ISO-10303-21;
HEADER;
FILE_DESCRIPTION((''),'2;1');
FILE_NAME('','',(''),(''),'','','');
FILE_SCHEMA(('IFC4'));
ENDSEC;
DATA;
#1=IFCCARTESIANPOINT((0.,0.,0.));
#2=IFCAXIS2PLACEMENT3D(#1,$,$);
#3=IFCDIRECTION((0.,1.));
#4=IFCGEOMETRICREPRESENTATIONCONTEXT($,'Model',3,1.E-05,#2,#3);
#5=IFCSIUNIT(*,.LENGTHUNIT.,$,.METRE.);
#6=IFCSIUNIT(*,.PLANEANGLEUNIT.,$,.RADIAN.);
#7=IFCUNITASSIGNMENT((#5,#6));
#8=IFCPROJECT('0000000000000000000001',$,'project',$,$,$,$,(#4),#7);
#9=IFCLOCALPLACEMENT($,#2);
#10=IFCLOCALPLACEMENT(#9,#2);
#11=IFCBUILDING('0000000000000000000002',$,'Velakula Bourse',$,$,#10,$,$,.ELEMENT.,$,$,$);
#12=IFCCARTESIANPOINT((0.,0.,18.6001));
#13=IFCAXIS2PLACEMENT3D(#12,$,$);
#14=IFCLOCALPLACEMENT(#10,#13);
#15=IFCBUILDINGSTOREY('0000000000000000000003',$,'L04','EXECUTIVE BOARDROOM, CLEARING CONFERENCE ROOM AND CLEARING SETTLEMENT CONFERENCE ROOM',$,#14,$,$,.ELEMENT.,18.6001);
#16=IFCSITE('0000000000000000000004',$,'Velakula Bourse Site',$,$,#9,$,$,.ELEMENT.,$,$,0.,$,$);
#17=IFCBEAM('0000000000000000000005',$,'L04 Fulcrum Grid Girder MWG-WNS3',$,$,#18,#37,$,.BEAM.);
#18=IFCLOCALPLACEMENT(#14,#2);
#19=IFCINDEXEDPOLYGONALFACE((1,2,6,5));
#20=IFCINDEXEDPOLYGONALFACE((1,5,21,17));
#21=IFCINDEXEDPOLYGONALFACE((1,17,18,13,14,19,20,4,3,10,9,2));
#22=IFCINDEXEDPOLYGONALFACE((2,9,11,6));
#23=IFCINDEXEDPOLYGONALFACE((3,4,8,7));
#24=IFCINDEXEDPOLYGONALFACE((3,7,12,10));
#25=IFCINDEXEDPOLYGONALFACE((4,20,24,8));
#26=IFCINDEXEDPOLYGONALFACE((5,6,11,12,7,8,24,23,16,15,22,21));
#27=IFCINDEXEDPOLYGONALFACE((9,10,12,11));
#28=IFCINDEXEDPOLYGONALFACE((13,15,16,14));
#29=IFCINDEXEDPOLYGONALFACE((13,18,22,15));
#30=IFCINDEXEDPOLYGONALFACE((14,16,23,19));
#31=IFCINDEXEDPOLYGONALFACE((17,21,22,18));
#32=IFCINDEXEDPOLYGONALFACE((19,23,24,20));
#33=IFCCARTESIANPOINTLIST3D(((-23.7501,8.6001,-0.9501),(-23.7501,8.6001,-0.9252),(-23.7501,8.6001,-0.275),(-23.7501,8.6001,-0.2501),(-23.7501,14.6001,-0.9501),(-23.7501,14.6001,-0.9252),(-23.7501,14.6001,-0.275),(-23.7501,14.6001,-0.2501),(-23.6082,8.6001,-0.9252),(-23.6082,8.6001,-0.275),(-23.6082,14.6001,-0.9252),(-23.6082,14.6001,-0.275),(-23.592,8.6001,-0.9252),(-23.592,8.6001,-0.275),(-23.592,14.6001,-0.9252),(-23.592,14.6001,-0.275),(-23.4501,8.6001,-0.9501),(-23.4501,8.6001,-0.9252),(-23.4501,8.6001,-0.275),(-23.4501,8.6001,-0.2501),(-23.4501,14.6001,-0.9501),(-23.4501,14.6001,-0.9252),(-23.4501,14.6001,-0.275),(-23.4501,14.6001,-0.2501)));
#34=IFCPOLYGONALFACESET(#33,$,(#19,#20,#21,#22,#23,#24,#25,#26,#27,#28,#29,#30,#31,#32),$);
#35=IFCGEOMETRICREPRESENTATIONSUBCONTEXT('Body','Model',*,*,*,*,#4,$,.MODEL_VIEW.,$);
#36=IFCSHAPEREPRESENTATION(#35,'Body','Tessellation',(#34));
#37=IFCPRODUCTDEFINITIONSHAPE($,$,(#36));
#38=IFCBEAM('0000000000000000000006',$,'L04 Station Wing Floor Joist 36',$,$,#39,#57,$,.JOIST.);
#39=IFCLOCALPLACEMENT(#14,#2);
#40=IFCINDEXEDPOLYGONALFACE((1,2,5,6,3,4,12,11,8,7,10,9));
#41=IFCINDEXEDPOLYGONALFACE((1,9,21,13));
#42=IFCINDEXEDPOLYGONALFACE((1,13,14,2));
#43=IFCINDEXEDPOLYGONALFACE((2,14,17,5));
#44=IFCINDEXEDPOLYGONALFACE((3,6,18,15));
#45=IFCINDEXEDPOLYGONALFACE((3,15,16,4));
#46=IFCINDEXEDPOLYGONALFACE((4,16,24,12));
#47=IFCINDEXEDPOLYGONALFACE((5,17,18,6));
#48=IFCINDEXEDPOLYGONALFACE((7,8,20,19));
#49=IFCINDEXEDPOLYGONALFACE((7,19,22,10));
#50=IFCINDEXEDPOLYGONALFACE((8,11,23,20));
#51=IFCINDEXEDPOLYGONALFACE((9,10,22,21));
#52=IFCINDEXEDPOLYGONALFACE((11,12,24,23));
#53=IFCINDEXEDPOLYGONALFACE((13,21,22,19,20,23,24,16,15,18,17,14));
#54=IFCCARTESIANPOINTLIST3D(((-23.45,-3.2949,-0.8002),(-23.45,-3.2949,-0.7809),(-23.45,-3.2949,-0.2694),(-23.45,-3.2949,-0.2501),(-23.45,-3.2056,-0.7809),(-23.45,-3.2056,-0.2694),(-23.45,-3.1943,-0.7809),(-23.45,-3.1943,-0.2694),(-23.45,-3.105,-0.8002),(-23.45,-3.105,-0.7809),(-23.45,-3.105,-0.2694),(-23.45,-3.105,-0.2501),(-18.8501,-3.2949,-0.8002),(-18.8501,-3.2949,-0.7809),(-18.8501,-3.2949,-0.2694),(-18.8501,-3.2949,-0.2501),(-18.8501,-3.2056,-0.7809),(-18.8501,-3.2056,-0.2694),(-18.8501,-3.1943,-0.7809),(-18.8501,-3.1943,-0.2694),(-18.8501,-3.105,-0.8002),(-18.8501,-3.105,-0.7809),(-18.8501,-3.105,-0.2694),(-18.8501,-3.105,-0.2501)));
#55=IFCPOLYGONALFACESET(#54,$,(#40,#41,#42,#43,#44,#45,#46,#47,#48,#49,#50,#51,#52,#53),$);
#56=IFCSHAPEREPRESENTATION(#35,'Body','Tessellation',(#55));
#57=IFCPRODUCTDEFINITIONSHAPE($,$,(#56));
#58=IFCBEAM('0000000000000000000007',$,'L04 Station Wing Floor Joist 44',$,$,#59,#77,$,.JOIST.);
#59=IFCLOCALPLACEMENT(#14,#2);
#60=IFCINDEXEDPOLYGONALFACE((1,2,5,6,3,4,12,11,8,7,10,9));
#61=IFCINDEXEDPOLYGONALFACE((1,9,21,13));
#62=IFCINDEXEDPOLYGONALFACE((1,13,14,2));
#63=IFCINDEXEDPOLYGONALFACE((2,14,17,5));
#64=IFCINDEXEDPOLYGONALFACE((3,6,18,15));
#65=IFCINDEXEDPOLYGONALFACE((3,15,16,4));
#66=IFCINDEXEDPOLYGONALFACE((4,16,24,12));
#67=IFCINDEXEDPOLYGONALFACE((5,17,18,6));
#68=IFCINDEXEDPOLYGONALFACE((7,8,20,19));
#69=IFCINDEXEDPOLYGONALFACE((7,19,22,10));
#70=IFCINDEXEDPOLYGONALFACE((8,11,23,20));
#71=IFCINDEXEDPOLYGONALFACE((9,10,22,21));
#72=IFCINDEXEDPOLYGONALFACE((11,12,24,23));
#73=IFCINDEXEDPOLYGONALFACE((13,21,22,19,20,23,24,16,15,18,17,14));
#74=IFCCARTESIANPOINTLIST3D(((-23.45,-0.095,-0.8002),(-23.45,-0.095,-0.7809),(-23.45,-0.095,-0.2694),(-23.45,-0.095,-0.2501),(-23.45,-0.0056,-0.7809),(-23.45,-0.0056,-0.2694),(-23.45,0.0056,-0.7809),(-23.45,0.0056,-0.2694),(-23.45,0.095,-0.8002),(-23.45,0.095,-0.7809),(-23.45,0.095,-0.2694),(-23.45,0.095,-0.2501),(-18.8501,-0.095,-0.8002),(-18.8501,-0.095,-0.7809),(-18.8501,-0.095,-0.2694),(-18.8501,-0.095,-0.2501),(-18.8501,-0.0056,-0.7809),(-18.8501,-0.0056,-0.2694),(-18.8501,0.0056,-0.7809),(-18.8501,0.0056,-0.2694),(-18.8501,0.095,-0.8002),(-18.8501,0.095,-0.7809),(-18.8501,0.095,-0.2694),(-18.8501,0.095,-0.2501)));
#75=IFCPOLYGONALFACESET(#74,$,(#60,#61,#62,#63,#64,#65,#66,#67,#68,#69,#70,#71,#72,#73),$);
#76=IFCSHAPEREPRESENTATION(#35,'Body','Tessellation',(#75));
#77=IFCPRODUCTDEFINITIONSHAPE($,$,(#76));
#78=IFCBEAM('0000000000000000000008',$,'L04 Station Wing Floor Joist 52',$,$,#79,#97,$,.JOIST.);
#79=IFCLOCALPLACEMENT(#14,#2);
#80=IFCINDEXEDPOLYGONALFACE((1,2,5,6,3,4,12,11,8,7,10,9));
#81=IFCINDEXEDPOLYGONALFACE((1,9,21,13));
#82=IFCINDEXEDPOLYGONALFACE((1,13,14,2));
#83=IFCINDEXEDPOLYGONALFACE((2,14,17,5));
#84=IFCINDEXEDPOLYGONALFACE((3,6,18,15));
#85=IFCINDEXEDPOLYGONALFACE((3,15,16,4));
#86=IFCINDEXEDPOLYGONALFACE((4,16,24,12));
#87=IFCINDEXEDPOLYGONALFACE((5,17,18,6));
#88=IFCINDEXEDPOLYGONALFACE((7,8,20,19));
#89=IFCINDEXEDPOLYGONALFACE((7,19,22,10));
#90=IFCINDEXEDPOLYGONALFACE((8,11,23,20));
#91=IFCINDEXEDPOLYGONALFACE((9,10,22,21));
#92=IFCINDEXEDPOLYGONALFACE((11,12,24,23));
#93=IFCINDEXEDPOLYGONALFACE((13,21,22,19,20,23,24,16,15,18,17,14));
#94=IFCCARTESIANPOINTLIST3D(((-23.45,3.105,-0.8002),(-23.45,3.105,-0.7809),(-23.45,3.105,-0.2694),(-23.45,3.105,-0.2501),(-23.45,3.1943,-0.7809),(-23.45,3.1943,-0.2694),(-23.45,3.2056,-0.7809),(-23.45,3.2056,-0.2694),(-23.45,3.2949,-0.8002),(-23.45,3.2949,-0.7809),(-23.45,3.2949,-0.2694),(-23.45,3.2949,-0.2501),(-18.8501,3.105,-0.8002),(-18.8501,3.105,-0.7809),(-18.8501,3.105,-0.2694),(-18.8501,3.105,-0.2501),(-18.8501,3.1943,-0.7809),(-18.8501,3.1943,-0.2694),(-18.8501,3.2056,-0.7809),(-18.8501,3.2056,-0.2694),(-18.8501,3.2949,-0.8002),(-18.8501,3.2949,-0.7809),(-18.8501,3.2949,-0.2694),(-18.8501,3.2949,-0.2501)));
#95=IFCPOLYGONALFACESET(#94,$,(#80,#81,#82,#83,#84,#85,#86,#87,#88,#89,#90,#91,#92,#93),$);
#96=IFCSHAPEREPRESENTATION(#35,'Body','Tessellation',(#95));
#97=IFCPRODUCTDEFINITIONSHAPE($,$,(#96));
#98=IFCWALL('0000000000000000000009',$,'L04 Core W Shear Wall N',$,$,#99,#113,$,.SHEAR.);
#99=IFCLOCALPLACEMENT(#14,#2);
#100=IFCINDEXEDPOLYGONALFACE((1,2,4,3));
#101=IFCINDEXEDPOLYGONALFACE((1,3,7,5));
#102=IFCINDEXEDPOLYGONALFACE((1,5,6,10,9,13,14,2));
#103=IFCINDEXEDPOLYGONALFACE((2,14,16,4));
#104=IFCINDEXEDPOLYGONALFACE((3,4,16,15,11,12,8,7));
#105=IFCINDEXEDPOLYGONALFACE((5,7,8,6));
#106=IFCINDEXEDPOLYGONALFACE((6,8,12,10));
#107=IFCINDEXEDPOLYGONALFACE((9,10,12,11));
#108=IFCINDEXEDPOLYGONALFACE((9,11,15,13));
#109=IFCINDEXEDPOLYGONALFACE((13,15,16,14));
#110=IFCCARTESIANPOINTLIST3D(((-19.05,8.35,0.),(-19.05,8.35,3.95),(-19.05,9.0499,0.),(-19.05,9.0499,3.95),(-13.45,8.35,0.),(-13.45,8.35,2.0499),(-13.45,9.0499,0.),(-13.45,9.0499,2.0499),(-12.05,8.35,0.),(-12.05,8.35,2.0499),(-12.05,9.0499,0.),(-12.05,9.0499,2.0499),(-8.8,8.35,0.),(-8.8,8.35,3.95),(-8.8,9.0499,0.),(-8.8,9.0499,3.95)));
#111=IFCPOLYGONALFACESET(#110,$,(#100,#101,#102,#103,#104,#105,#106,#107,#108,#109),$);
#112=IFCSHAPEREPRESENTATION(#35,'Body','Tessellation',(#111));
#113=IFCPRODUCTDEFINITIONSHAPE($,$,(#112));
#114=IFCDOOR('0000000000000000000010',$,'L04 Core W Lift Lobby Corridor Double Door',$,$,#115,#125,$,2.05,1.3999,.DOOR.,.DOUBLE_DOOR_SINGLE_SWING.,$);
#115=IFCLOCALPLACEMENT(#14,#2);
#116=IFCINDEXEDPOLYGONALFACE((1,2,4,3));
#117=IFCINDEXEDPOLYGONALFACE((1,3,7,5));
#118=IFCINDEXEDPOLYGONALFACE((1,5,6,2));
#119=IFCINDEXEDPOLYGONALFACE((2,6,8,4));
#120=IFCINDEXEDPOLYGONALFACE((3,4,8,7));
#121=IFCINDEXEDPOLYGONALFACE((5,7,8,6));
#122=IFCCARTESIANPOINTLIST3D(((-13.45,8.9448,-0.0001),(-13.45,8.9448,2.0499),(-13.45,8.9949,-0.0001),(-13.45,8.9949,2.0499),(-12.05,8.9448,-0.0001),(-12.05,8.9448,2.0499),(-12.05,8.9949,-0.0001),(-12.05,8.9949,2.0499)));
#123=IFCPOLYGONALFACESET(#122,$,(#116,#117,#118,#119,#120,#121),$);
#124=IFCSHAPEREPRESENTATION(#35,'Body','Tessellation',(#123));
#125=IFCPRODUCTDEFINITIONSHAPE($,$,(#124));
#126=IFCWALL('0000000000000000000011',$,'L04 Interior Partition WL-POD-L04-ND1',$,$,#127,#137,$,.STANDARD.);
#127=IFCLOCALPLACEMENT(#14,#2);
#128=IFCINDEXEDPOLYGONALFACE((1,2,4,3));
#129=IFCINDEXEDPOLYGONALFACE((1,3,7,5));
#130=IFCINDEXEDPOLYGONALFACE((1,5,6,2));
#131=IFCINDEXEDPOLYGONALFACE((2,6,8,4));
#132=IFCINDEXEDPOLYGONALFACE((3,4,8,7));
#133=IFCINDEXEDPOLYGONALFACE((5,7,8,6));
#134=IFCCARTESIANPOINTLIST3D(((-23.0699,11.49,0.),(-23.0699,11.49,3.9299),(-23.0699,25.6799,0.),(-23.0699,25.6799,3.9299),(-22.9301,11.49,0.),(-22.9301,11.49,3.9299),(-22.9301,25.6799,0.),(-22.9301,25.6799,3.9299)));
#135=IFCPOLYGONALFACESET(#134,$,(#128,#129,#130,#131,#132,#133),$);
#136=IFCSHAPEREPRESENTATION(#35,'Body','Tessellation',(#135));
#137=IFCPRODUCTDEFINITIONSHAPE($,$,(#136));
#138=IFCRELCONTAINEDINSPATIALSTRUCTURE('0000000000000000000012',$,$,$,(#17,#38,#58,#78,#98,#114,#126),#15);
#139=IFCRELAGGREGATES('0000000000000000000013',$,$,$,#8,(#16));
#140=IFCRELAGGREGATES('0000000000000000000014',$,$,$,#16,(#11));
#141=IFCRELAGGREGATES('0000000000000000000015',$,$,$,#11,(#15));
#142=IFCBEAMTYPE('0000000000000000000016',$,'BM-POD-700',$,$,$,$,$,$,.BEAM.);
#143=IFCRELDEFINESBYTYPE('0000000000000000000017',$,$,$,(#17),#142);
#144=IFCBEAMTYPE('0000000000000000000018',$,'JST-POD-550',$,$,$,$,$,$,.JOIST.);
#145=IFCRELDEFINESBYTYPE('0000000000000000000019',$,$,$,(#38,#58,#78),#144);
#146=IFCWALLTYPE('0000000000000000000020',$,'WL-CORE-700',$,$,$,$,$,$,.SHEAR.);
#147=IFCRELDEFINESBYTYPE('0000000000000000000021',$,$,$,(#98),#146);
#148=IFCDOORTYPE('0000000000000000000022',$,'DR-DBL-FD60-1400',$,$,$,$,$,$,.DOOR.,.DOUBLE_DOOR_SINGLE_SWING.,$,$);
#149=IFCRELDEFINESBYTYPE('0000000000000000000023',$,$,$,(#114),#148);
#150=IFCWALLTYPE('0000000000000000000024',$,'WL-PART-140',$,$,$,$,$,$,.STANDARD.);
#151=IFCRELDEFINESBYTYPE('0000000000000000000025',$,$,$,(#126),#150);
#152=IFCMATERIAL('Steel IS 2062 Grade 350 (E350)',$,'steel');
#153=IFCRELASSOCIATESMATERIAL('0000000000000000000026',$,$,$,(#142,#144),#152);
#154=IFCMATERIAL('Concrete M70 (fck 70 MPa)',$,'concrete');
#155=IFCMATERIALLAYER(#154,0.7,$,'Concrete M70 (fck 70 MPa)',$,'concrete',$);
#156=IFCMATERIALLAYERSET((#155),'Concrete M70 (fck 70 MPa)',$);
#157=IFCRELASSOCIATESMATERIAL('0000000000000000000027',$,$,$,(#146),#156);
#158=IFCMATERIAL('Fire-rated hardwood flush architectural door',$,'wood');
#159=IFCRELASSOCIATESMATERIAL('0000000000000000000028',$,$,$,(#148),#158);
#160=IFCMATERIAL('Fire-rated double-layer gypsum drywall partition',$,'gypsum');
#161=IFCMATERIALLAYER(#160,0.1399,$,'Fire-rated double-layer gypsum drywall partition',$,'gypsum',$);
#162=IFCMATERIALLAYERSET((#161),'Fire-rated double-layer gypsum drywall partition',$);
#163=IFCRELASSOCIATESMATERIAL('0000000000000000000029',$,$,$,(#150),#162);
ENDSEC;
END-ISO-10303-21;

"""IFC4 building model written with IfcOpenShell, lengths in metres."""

from ifc_helpers import new_model, si_unit, direction, frame, frame_2d, origin, origin_2d, place, context, subcontext, project, spatial, rectangle, i_section, extrude, material, layer, layer_set, material_profile, profile_set, type_object, element, fill, save


model = new_model("IFC4")

# Units and contexts
model_context = context("Model", 3, precision=1e-05, world=origin(), true_north=direction((0.0, 1.0)))
body_context = subcontext(model_context, "Body", "Model", "MODEL_VIEW")
ifc_project = project(units=[si_unit("LENGTHUNIT", "METRE"), si_unit("PLANEANGLEUNIT", "RADIAN")], contexts=[model_context])

# Site, building, storey
site_placement = place(None, origin())
site = spatial("IfcSite", under=ifc_project, at=site_placement, Name="Velakula Bourse Site", CompositionType="ELEMENT", RefElevation=0.0)
building_placement = place(site_placement, origin())
building = spatial("IfcBuilding", under=site, at=building_placement, Name="Velakula Bourse", CompositionType="ELEMENT")
storey_placement = place(building_placement, frame((0.0, 0.0, 18.6001)))
storey = spatial("IfcBuildingStorey", under=building, at=storey_placement, Name="L04", Description="EXECUTIVE BOARDROOM, CLEARING CONFERENCE ROOM AND CLEARING SETTLEMENT CONFERENCE ROOM", CompositionType="ELEMENT", Elevation=18.6001)

# Shared definitions
ifc_material_1 = material(Name="Concrete M70 (fck 70 MPa)", Category="concrete")

# Beams
ifc_material_2 = material(Name="Steel IS 2062 Grade 350 (E350)", Category="steel")
ifc_material_profile_1 = material_profile(ifc_material_2, i_section(OverallWidth=0.3, OverallDepth=0.7, WebThickness=0.0161, FlangeThickness=0.0249, at=origin_2d()), Name="Steel IS 2062 Grade 350 (E350)")
ifc_profile_set_1 = profile_set([ifc_material_profile_1], Name="Steel IS 2062 Grade 350 (E350)")
beam_type_1 = type_object("IfcBeamType", Name="BM-POD-700", PredefinedType="BEAM", material=ifc_profile_set_1)
beam_1_placement = place(storey_placement, frame((-23.6001, 8.6001, -0.6001), z_axis=(0.0, 1.0, 0.0), x_axis=(-1.0, 0.0, 0.0)))
element("IfcBeam", 1, at=beam_1_placement, inside=storey, type_object=beam_type_1, Name="L04 Fulcrum Grid Girder MWG-WNS3", PredefinedType="BEAM", context=body_context, shape_type="SweptSolid", body=[
    extrude(i_section(OverallWidth=0.3, OverallDepth=0.7, WebThickness=0.0161, FlangeThickness=0.0249, at=origin_2d()), origin(), (0.0, 0.0, 1.0), 6.0),
])
ifc_material_profile_2 = material_profile(ifc_material_2, i_section(OverallWidth=0.1899, OverallDepth=0.55, WebThickness=0.0112, FlangeThickness=0.0193, at=origin_2d()), Name="Steel IS 2062 Grade 350 (E350)")
ifc_profile_set_2 = profile_set([ifc_material_profile_2], Name="Steel IS 2062 Grade 350 (E350)")
beam_type_2 = type_object("IfcBeamType", Name="JST-POD-550", PredefinedType="JOIST", material=ifc_profile_set_2)
for number, where, z_axis, x_axis, name in (
    (2, (-23.45, -3.2, -0.5251), (1.0, 0.0, 0.0), (0.0, 1.0, 0.0), "L04 Station Wing Floor Joist 36"),
    (3, (-23.45, 0.0, -0.5251), (1.0, 0.0, 0.0), (0.0, 1.0, 0.0), "L04 Station Wing Floor Joist 44"),
    (4, (-23.45, 3.2, -0.5251), (1.0, 0.0, 0.0), (0.0, 1.0, 0.0), "L04 Station Wing Floor Joist 52"),
):
    element("IfcBeam", number, at=place(storey_placement, frame(where, z_axis=z_axis, x_axis=x_axis)), inside=storey, type_object=beam_type_2, Name=name, PredefinedType="JOIST", context=body_context, shape_type="SweptSolid", body=[
        extrude(i_section(OverallWidth=0.1899, OverallDepth=0.55, WebThickness=0.0112, FlangeThickness=0.0193, at=origin_2d()), origin(), (0.0, 0.0, 1.0), 4.5999),
    ])

# Wall, opening, door
ifc_layer_1 = layer(ifc_material_1, 0.7, Name="Concrete M70 (fck 70 MPa)", Category="concrete")
ifc_layer_set_1 = layer_set([ifc_layer_1], Name="Concrete M70 (fck 70 MPa)")
wall_type_1 = type_object("IfcWallType", Name="WL-CORE-700", PredefinedType="SHEAR", material=ifc_layer_set_1)
wall_1_placement = place(storey_placement, frame((-19.05, 8.7, 0.0), z_axis=(0.0, 0.0, 1.0), x_axis=(1.0, 0.0, 0.0)))
wall_1 = element("IfcWall", 5, at=wall_1_placement, inside=storey, type_object=wall_type_1, Name="L04 Core W Shear Wall N", PredefinedType="SHEAR", context=body_context, shape_type="SweptSolid", body=[
    extrude(rectangle(XDim=10.25, YDim=0.7, at=frame_2d((5.125, 0.0))), origin(), (0.0, 0.0, 1.0), 3.95),
])
opening_placement = place(wall_1_placement, frame((5.6001, 0.0, 0.0)))
opening = element("IfcOpeningElement", 6, at=opening_placement, cuts=wall_1, PredefinedType="OPENING", context=body_context, shape_type="SweptSolid", body=[
    extrude(rectangle(XDim=1.3999, YDim=2.05, at=frame_2d((0.7, 1.0249))), frame((0.0, 0.3599, 0.0), z_axis=(0.0, -1.0, 0.0), x_axis=(1.0, 0.0, 0.0)), (0.0, 0.0, 1.0), 0.72),
])
ifc_material_3 = material(Name="Fire-rated hardwood flush architectural door", Category="wood")
door_type = type_object("IfcDoorType", Name="DR-DBL-FD60-1400", OperationType="DOUBLE_DOOR_SINGLE_SWING", PredefinedType="DOOR", material=ifc_material_3)
door_placement = place(opening_placement, origin())
door = element("IfcDoor", 7, at=door_placement, inside=storey, type_object=door_type, Name="L04 Core W Lift Lobby Corridor Double Door", OperationType="DOUBLE_DOOR_SINGLE_SWING", OverallHeight=2.05, OverallWidth=1.3999, PredefinedType="DOOR", context=body_context, shape_type="SweptSolid", body=[
    extrude(rectangle(XDim=1.3999, YDim=2.05, at=frame_2d((0.7, 1.0249))), frame((0.0, 0.2949, 0.0), z_axis=(0.0, -1.0, 0.0), x_axis=(1.0, 0.0, 0.0)), (0.0, 0.0, 1.0), 0.05),
])
fill(opening, door)

# Wall
ifc_material_4 = material(Name="Fire-rated double-layer gypsum drywall partition", Category="gypsum")
ifc_layer_2 = layer(ifc_material_4, 0.1399, Name="Fire-rated double-layer gypsum drywall partition", Category="gypsum")
ifc_layer_set_2 = layer_set([ifc_layer_2], Name="Fire-rated double-layer gypsum drywall partition")
wall_type_2 = type_object("IfcWallType", Name="WL-PART-140", PredefinedType="STANDARD", material=ifc_layer_set_2)
wall_2_placement = place(storey_placement, frame((-23.0, 11.49, 0.0), z_axis=(0.0, 0.0, 1.0), x_axis=(0.0, 1.0, 0.0)))
element("IfcWall", 8, at=wall_2_placement, inside=storey, type_object=wall_type_2, Name="L04 Interior Partition WL-POD-L04-ND1", PredefinedType="STANDARD", context=body_context, shape_type="SweptSolid", body=[
    extrude(rectangle(XDim=14.1899, YDim=0.1399, at=frame_2d((7.095, 0.0))), origin(), (0.0, 0.0, 1.0), 3.9299),
])

save(model, "model.ifc")
